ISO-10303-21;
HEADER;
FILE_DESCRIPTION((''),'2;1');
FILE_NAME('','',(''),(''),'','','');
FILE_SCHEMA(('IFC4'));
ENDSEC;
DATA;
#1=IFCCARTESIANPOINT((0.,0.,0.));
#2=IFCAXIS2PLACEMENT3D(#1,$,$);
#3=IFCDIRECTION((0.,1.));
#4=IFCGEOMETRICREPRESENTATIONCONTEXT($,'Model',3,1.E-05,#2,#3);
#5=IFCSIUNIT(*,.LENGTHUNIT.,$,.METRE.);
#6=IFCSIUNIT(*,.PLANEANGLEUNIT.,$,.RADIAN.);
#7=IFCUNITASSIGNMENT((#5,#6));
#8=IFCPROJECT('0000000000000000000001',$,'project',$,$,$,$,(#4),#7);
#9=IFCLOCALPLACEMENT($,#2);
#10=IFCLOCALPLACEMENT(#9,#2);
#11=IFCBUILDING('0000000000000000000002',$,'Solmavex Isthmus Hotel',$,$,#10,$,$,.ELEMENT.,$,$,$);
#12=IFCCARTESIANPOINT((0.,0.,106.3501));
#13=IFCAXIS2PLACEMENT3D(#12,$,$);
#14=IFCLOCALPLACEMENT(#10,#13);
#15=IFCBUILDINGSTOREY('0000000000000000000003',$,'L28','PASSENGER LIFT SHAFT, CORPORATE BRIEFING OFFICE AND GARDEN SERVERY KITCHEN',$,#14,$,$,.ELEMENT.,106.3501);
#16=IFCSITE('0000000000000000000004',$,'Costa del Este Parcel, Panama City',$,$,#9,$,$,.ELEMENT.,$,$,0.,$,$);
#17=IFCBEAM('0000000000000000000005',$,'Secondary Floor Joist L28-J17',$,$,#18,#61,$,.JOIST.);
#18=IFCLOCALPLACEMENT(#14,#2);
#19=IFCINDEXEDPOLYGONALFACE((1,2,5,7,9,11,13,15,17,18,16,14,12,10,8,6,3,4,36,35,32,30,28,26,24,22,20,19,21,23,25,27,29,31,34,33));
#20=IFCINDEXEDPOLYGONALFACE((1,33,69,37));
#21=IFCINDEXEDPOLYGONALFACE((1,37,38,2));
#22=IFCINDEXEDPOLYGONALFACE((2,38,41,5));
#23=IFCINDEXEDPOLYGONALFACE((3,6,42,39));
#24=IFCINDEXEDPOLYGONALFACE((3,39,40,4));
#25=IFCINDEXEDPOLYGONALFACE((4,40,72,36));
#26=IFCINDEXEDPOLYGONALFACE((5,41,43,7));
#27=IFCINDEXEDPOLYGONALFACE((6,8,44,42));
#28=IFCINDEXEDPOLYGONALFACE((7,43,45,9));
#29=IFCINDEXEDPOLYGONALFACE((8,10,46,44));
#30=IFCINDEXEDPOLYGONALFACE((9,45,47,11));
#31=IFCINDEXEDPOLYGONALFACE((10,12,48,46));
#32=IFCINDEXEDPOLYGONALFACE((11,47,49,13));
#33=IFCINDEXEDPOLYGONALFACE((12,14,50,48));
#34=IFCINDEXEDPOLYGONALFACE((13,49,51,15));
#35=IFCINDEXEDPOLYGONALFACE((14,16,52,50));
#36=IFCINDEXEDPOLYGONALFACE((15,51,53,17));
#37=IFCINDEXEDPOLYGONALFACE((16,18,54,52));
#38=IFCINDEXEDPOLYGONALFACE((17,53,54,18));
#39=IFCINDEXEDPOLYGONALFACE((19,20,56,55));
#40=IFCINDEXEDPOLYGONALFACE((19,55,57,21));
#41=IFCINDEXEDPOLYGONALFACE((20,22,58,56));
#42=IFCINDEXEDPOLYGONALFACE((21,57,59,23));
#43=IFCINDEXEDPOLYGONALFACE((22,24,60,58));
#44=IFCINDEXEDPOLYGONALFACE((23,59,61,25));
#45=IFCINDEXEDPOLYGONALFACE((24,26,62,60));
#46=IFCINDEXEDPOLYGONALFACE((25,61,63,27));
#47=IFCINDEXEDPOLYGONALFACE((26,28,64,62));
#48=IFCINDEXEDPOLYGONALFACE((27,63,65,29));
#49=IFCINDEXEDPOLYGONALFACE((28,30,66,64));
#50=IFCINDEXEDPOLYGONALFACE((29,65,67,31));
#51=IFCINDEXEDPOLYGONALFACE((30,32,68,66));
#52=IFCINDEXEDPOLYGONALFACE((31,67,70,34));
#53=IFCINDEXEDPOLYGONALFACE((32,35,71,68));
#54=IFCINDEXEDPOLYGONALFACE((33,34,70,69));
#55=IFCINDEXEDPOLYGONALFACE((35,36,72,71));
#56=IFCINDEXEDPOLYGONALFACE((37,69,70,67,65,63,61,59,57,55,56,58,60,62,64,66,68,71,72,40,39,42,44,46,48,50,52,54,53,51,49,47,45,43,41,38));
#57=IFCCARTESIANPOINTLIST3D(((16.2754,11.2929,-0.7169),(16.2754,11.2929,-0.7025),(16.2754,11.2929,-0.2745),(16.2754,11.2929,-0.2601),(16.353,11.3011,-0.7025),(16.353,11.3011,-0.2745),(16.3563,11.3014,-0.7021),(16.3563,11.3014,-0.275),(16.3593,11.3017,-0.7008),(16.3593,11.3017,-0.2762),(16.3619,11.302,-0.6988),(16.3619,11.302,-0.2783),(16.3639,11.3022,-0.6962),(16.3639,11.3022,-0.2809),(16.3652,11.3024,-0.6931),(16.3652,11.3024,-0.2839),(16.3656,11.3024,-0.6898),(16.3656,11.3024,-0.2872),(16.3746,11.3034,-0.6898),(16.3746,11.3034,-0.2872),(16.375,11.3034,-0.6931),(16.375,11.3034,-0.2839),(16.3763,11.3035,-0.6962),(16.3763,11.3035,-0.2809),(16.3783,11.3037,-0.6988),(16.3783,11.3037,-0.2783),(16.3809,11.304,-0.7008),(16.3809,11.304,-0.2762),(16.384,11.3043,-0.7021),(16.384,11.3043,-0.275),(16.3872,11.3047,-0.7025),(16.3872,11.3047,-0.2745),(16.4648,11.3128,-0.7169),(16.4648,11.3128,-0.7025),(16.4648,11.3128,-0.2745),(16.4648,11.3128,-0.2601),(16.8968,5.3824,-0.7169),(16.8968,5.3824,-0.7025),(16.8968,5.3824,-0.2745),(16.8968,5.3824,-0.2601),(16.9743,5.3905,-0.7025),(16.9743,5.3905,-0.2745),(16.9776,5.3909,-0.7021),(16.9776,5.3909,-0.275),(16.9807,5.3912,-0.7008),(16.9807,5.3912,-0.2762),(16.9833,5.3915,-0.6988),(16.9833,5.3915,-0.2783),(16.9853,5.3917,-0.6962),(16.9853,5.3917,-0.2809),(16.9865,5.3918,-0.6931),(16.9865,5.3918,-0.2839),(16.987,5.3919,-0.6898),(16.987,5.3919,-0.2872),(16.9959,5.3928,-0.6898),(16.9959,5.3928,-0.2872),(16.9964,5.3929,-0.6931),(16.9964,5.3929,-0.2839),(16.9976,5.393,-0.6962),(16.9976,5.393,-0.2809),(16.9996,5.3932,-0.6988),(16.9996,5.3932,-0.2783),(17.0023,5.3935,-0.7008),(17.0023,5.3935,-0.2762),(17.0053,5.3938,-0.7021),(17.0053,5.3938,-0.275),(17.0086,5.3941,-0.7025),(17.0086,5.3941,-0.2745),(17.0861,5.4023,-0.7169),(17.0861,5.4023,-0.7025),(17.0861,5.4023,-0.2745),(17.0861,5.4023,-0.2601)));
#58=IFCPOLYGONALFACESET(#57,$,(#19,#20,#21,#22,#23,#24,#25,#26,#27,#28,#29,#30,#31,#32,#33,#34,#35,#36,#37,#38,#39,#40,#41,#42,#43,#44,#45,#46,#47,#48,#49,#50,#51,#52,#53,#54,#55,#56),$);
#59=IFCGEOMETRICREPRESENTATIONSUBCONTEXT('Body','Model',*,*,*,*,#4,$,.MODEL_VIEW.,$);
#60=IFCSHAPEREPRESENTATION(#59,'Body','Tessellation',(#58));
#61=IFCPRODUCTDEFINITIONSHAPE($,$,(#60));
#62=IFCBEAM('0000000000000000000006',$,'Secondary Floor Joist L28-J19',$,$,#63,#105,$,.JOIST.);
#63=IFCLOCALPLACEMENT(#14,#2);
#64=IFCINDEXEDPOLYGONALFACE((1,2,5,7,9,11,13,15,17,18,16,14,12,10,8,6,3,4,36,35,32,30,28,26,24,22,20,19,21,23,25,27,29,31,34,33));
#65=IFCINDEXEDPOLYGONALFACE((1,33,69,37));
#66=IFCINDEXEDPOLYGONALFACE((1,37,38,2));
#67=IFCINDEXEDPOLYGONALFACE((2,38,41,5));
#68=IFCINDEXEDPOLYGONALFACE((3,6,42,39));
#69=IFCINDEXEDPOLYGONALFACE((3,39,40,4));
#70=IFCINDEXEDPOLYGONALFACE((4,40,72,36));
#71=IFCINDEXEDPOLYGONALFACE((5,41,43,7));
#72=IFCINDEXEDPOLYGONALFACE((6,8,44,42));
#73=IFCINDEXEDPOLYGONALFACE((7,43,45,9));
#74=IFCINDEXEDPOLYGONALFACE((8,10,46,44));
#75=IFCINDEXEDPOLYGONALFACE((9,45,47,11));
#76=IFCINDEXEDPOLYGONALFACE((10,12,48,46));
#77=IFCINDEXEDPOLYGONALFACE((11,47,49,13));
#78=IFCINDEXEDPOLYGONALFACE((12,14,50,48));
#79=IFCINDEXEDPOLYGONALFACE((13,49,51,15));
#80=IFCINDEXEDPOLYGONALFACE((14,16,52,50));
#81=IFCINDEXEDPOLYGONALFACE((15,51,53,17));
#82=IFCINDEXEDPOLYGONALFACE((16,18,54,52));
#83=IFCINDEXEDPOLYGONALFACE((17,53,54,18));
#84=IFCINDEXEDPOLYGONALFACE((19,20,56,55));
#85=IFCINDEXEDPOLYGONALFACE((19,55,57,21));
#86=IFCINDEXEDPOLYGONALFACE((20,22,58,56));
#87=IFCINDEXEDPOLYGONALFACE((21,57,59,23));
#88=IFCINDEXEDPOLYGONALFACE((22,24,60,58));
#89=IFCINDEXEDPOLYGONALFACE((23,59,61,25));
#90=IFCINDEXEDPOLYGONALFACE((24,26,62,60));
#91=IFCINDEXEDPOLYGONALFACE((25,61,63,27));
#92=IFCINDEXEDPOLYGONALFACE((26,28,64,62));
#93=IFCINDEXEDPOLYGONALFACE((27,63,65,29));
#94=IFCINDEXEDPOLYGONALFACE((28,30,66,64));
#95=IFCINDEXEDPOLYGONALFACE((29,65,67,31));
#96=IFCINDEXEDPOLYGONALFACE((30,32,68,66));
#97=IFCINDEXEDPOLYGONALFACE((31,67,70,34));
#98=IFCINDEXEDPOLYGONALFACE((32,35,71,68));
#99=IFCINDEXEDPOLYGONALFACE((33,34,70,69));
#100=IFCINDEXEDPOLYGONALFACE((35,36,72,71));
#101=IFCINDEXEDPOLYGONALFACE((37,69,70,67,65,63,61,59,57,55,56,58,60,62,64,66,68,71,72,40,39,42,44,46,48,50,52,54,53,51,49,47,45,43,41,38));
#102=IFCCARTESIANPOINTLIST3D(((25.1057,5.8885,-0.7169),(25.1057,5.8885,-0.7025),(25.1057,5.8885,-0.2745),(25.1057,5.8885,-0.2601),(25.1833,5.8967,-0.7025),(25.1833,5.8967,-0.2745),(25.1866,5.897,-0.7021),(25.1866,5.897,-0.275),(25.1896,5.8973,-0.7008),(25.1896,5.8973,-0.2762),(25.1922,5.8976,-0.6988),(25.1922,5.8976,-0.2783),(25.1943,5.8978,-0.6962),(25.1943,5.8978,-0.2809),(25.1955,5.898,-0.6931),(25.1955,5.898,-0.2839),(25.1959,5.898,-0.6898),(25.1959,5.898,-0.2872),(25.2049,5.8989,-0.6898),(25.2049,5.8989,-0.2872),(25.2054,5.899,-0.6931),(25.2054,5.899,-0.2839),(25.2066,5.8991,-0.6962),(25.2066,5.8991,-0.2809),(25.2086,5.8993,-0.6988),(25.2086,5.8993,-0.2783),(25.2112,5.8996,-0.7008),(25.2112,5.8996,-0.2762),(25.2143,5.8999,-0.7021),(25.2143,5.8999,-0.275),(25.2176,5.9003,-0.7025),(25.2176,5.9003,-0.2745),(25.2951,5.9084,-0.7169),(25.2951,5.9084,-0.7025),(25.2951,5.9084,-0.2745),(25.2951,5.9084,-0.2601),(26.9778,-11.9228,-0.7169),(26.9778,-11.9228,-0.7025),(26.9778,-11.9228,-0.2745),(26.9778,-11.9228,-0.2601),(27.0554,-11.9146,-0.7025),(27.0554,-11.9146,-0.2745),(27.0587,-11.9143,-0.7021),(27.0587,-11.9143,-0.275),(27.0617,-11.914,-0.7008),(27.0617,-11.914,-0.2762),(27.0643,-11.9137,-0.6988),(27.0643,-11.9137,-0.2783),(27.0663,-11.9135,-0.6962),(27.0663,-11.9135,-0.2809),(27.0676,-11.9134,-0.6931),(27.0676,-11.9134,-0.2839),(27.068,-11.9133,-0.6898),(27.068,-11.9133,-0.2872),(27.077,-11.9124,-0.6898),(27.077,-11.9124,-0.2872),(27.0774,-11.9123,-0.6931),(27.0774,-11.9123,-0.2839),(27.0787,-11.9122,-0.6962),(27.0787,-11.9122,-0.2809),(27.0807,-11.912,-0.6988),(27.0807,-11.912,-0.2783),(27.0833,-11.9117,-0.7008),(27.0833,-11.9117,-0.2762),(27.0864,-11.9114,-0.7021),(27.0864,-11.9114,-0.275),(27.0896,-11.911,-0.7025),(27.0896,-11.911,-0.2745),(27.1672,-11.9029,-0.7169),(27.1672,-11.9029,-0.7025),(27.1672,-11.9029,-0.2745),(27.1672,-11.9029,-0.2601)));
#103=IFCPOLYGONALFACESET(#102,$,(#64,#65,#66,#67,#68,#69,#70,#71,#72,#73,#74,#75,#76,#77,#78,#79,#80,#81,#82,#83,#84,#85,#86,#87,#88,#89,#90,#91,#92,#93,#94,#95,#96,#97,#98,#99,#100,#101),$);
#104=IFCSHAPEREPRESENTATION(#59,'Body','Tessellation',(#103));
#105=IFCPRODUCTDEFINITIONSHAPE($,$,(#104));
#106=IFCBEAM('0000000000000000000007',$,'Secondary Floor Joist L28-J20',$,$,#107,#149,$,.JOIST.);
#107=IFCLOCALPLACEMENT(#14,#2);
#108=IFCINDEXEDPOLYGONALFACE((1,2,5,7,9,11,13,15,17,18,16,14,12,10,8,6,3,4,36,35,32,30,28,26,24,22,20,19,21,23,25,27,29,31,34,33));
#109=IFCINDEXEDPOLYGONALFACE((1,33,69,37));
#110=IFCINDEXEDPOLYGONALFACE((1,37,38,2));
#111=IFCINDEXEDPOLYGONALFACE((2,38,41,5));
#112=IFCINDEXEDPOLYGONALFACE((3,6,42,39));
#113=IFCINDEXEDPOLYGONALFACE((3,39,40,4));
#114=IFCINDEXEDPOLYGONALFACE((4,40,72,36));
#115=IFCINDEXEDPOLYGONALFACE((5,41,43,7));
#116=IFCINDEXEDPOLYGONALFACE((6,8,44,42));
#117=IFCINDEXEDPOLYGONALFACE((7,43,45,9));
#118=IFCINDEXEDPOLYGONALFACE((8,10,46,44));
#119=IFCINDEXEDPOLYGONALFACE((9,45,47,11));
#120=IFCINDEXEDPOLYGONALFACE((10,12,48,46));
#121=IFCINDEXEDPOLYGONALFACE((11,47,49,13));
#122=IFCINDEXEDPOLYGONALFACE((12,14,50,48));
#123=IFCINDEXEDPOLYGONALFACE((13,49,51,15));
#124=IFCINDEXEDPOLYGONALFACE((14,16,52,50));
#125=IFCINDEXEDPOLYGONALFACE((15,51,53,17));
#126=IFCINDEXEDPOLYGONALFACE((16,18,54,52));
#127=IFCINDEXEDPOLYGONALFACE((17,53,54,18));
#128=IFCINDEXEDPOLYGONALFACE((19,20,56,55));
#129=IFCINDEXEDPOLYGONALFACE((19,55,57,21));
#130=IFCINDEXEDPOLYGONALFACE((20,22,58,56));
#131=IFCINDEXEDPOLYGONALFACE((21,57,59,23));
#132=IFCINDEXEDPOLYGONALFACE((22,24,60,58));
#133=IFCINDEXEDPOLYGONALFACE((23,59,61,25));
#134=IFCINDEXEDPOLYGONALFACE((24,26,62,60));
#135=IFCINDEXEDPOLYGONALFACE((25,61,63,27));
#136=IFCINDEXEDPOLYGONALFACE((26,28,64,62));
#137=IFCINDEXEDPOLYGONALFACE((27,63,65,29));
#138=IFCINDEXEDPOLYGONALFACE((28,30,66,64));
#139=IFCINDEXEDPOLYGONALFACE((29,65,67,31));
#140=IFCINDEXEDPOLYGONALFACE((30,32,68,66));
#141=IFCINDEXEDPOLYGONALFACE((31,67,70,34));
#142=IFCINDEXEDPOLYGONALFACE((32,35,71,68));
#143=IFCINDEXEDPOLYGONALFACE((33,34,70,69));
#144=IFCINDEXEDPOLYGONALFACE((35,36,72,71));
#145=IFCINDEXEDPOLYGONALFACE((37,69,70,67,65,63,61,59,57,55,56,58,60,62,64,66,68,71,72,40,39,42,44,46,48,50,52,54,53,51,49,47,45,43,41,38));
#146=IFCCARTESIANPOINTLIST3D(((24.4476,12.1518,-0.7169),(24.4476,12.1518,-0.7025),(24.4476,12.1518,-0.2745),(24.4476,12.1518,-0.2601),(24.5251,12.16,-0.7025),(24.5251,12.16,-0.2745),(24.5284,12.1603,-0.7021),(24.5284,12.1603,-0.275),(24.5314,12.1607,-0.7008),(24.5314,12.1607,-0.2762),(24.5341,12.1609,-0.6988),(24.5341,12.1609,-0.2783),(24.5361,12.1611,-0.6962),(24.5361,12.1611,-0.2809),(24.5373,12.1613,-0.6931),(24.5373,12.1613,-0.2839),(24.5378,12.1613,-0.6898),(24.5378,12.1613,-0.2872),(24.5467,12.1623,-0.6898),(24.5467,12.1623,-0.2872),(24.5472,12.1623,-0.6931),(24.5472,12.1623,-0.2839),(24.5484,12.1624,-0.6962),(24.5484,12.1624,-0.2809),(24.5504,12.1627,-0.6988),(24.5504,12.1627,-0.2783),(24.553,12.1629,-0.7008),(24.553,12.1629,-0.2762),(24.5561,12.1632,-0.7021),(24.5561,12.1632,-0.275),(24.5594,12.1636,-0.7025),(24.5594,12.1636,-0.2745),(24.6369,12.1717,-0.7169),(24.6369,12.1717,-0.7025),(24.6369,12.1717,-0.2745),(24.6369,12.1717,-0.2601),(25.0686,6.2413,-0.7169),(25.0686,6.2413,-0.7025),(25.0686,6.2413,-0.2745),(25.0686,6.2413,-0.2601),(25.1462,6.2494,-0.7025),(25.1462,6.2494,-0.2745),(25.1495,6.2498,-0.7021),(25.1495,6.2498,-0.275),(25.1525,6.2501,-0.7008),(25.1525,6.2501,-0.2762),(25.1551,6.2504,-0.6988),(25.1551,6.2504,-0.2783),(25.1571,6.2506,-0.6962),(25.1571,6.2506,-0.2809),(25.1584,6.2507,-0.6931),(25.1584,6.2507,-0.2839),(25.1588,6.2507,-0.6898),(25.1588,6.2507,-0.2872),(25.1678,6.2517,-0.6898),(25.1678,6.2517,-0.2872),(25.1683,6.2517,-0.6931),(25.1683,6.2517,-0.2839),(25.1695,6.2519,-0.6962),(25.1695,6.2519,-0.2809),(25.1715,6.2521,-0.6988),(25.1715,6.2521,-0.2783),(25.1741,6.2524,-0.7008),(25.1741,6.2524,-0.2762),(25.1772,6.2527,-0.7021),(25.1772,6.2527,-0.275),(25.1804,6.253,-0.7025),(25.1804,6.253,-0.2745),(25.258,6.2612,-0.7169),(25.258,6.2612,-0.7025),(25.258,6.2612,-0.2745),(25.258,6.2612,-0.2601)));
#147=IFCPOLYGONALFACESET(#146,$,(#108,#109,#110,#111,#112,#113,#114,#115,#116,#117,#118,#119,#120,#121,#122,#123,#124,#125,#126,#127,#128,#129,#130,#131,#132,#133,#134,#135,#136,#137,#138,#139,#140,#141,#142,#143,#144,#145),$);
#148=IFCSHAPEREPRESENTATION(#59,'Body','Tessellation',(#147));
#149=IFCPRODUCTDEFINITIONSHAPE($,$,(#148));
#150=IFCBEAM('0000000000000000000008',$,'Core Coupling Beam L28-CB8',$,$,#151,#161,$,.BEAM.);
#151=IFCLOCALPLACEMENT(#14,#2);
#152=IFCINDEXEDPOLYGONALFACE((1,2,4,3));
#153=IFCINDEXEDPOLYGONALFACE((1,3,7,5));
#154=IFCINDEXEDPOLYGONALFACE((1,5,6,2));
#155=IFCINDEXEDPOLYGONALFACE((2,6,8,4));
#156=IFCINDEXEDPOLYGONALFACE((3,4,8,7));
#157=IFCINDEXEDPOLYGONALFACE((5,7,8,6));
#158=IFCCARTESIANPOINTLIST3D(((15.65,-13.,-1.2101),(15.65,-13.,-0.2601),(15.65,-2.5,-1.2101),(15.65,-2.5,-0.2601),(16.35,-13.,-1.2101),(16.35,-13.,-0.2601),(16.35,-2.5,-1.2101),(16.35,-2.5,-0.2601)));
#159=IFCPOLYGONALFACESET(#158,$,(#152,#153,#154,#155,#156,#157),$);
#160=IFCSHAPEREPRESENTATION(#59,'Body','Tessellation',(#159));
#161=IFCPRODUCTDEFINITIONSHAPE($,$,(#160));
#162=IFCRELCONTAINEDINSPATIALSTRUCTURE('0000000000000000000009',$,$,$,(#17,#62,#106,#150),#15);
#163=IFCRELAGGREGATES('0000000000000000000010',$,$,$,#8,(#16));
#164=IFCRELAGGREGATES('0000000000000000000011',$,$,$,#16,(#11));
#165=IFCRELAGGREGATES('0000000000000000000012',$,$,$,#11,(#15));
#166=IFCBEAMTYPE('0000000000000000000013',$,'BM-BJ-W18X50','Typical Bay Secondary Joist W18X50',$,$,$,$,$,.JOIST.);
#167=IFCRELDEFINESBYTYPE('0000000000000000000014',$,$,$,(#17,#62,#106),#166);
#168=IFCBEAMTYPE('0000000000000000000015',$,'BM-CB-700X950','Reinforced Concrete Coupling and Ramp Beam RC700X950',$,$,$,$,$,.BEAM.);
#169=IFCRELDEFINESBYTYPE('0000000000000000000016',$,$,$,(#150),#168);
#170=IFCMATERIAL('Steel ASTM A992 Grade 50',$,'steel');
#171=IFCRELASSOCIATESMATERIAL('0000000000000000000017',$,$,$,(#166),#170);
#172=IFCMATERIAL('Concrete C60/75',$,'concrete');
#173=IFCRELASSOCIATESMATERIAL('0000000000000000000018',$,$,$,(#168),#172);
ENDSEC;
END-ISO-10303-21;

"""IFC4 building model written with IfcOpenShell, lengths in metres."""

from ifc_helpers import new_model, si_unit, direction, frame, origin, origin_2d, place, context, subcontext, project, spatial, rectangle, i_section, extrude, material, material_profile, profile_set, type_object, element, save


model = new_model("IFC4")

# Units and contexts
model_context = context("Model", 3, precision=1e-05, world=origin(), true_north=direction((0.0, 1.0)))
body_context = subcontext(model_context, "Body", "Model", "MODEL_VIEW")
ifc_project = project(units=[si_unit("LENGTHUNIT", "METRE"), si_unit("PLANEANGLEUNIT", "RADIAN")], contexts=[model_context])

# Site, building, storey
site_placement = place(None, origin())
site = spatial("IfcSite", under=ifc_project, at=site_placement, Name="Costa del Este Parcel, Panama City", CompositionType="ELEMENT", RefElevation=0.0)
building_placement = place(site_placement, origin())
building = spatial("IfcBuilding", under=site, at=building_placement, Name="Solmavex Isthmus Hotel", CompositionType="ELEMENT")
storey_placement = place(building_placement, frame((0.0, 0.0, 106.3501)))
storey = spatial("IfcBuildingStorey", under=building, at=storey_placement, Name="L28", Description="PASSENGER LIFT SHAFT, CORPORATE BRIEFING OFFICE AND GARDEN SERVERY KITCHEN", CompositionType="ELEMENT", Elevation=106.3501)

# Shared definitions
ifc_material_1 = material(Name="Concrete C60/75", Category="concrete")

# Beams
ifc_material_2 = material(Name="Steel ASTM A992 Grade 50", Category="steel")
ifc_material_profile_1 = material_profile(ifc_material_2, i_section(OverallWidth=0.1904, OverallDepth=0.4568, WebThickness=0.009, FlangeThickness=0.0144, FilletRadius=0.0127, at=origin_2d()), Name="W18X50")
ifc_profile_set_1 = profile_set([ifc_material_profile_1], Name="Steel ASTM A992 Grade 50")
beam_type_1 = type_object("IfcBeamType", Name="BM-BJ-W18X50", Description="Typical Bay Secondary Joist W18X50", PredefinedType="JOIST", material=ifc_profile_set_1)
beam_1_placement = place(storey_placement, frame((16.9915, 5.3923, -0.4885), z_axis=(-0.104546, 0.99452, 0.0), x_axis=(-0.99452, -0.104546, 0.0)))
element("IfcBeam", 1, at=beam_1_placement, inside=storey, type_object=beam_type_1, Name="Secondary Floor Joist L28-J17", PredefinedType="JOIST", context=body_context, shape_type="SweptSolid", body=[
    extrude(i_section(OverallWidth=0.1904, OverallDepth=0.4568, WebThickness=0.009, FlangeThickness=0.0144, FilletRadius=0.0127, at=origin_2d()), origin(), (0.0, 0.0, 1.0), 5.9431),
])
beam_2_placement = place(storey_placement, frame((27.0725, -11.9128, -0.4885), z_axis=(-0.10453, 0.994522, 0.0), x_axis=(-0.994522, -0.10453, 0.0)))
element("IfcBeam", 2, at=beam_2_placement, inside=storey, type_object=beam_type_1, Name="Secondary Floor Joist L28-J19", PredefinedType="JOIST", context=body_context, shape_type="SweptSolid", body=[
    extrude(i_section(OverallWidth=0.1904, OverallDepth=0.4568, WebThickness=0.009, FlangeThickness=0.0144, FilletRadius=0.0127, at=origin_2d()), origin(), (0.0, 0.0, 1.0), 17.9094),
])
beam_3_placement = place(storey_placement, frame((25.1633, 6.2512, -0.4885), z_axis=(-0.104505, 0.994524, 0.0), x_axis=(-0.994524, -0.104505, 0.0)))
element("IfcBeam", 3, at=beam_3_placement, inside=storey, type_object=beam_type_1, Name="Secondary Floor Joist L28-J20", PredefinedType="JOIST", context=body_context, shape_type="SweptSolid", body=[
    extrude(i_section(OverallWidth=0.1904, OverallDepth=0.4568, WebThickness=0.009, FlangeThickness=0.0144, FilletRadius=0.0127, at=origin_2d()), origin(), (0.0, 0.0, 1.0), 5.9431),
])
ifc_material_profile_2 = material_profile(ifc_material_1, rectangle(XDim=0.7, YDim=0.95, at=origin_2d()), Name="RC700X950")
ifc_profile_set_2 = profile_set([ifc_material_profile_2], Name="Concrete C60/75")
beam_type_2 = type_object("IfcBeamType", Name="BM-CB-700X950", Description="Reinforced Concrete Coupling and Ramp Beam RC700X950", PredefinedType="BEAM", material=ifc_profile_set_2)
beam_4_placement = place(storey_placement, frame((16.0, -13.0, -0.7351), z_axis=(0.0, 1.0, 0.0), x_axis=(-1.0, 0.0, 0.0)))
element("IfcBeam", 4, at=beam_4_placement, inside=storey, type_object=beam_type_2, Name="Core Coupling Beam L28-CB8", PredefinedType="BEAM", context=body_context, shape_type="SweptSolid", body=[
    extrude(rectangle(XDim=0.7, YDim=0.95, at=origin_2d()), origin(), (0.0, 0.0, 1.0), 10.5),
])

save(model, "model.ifc")
